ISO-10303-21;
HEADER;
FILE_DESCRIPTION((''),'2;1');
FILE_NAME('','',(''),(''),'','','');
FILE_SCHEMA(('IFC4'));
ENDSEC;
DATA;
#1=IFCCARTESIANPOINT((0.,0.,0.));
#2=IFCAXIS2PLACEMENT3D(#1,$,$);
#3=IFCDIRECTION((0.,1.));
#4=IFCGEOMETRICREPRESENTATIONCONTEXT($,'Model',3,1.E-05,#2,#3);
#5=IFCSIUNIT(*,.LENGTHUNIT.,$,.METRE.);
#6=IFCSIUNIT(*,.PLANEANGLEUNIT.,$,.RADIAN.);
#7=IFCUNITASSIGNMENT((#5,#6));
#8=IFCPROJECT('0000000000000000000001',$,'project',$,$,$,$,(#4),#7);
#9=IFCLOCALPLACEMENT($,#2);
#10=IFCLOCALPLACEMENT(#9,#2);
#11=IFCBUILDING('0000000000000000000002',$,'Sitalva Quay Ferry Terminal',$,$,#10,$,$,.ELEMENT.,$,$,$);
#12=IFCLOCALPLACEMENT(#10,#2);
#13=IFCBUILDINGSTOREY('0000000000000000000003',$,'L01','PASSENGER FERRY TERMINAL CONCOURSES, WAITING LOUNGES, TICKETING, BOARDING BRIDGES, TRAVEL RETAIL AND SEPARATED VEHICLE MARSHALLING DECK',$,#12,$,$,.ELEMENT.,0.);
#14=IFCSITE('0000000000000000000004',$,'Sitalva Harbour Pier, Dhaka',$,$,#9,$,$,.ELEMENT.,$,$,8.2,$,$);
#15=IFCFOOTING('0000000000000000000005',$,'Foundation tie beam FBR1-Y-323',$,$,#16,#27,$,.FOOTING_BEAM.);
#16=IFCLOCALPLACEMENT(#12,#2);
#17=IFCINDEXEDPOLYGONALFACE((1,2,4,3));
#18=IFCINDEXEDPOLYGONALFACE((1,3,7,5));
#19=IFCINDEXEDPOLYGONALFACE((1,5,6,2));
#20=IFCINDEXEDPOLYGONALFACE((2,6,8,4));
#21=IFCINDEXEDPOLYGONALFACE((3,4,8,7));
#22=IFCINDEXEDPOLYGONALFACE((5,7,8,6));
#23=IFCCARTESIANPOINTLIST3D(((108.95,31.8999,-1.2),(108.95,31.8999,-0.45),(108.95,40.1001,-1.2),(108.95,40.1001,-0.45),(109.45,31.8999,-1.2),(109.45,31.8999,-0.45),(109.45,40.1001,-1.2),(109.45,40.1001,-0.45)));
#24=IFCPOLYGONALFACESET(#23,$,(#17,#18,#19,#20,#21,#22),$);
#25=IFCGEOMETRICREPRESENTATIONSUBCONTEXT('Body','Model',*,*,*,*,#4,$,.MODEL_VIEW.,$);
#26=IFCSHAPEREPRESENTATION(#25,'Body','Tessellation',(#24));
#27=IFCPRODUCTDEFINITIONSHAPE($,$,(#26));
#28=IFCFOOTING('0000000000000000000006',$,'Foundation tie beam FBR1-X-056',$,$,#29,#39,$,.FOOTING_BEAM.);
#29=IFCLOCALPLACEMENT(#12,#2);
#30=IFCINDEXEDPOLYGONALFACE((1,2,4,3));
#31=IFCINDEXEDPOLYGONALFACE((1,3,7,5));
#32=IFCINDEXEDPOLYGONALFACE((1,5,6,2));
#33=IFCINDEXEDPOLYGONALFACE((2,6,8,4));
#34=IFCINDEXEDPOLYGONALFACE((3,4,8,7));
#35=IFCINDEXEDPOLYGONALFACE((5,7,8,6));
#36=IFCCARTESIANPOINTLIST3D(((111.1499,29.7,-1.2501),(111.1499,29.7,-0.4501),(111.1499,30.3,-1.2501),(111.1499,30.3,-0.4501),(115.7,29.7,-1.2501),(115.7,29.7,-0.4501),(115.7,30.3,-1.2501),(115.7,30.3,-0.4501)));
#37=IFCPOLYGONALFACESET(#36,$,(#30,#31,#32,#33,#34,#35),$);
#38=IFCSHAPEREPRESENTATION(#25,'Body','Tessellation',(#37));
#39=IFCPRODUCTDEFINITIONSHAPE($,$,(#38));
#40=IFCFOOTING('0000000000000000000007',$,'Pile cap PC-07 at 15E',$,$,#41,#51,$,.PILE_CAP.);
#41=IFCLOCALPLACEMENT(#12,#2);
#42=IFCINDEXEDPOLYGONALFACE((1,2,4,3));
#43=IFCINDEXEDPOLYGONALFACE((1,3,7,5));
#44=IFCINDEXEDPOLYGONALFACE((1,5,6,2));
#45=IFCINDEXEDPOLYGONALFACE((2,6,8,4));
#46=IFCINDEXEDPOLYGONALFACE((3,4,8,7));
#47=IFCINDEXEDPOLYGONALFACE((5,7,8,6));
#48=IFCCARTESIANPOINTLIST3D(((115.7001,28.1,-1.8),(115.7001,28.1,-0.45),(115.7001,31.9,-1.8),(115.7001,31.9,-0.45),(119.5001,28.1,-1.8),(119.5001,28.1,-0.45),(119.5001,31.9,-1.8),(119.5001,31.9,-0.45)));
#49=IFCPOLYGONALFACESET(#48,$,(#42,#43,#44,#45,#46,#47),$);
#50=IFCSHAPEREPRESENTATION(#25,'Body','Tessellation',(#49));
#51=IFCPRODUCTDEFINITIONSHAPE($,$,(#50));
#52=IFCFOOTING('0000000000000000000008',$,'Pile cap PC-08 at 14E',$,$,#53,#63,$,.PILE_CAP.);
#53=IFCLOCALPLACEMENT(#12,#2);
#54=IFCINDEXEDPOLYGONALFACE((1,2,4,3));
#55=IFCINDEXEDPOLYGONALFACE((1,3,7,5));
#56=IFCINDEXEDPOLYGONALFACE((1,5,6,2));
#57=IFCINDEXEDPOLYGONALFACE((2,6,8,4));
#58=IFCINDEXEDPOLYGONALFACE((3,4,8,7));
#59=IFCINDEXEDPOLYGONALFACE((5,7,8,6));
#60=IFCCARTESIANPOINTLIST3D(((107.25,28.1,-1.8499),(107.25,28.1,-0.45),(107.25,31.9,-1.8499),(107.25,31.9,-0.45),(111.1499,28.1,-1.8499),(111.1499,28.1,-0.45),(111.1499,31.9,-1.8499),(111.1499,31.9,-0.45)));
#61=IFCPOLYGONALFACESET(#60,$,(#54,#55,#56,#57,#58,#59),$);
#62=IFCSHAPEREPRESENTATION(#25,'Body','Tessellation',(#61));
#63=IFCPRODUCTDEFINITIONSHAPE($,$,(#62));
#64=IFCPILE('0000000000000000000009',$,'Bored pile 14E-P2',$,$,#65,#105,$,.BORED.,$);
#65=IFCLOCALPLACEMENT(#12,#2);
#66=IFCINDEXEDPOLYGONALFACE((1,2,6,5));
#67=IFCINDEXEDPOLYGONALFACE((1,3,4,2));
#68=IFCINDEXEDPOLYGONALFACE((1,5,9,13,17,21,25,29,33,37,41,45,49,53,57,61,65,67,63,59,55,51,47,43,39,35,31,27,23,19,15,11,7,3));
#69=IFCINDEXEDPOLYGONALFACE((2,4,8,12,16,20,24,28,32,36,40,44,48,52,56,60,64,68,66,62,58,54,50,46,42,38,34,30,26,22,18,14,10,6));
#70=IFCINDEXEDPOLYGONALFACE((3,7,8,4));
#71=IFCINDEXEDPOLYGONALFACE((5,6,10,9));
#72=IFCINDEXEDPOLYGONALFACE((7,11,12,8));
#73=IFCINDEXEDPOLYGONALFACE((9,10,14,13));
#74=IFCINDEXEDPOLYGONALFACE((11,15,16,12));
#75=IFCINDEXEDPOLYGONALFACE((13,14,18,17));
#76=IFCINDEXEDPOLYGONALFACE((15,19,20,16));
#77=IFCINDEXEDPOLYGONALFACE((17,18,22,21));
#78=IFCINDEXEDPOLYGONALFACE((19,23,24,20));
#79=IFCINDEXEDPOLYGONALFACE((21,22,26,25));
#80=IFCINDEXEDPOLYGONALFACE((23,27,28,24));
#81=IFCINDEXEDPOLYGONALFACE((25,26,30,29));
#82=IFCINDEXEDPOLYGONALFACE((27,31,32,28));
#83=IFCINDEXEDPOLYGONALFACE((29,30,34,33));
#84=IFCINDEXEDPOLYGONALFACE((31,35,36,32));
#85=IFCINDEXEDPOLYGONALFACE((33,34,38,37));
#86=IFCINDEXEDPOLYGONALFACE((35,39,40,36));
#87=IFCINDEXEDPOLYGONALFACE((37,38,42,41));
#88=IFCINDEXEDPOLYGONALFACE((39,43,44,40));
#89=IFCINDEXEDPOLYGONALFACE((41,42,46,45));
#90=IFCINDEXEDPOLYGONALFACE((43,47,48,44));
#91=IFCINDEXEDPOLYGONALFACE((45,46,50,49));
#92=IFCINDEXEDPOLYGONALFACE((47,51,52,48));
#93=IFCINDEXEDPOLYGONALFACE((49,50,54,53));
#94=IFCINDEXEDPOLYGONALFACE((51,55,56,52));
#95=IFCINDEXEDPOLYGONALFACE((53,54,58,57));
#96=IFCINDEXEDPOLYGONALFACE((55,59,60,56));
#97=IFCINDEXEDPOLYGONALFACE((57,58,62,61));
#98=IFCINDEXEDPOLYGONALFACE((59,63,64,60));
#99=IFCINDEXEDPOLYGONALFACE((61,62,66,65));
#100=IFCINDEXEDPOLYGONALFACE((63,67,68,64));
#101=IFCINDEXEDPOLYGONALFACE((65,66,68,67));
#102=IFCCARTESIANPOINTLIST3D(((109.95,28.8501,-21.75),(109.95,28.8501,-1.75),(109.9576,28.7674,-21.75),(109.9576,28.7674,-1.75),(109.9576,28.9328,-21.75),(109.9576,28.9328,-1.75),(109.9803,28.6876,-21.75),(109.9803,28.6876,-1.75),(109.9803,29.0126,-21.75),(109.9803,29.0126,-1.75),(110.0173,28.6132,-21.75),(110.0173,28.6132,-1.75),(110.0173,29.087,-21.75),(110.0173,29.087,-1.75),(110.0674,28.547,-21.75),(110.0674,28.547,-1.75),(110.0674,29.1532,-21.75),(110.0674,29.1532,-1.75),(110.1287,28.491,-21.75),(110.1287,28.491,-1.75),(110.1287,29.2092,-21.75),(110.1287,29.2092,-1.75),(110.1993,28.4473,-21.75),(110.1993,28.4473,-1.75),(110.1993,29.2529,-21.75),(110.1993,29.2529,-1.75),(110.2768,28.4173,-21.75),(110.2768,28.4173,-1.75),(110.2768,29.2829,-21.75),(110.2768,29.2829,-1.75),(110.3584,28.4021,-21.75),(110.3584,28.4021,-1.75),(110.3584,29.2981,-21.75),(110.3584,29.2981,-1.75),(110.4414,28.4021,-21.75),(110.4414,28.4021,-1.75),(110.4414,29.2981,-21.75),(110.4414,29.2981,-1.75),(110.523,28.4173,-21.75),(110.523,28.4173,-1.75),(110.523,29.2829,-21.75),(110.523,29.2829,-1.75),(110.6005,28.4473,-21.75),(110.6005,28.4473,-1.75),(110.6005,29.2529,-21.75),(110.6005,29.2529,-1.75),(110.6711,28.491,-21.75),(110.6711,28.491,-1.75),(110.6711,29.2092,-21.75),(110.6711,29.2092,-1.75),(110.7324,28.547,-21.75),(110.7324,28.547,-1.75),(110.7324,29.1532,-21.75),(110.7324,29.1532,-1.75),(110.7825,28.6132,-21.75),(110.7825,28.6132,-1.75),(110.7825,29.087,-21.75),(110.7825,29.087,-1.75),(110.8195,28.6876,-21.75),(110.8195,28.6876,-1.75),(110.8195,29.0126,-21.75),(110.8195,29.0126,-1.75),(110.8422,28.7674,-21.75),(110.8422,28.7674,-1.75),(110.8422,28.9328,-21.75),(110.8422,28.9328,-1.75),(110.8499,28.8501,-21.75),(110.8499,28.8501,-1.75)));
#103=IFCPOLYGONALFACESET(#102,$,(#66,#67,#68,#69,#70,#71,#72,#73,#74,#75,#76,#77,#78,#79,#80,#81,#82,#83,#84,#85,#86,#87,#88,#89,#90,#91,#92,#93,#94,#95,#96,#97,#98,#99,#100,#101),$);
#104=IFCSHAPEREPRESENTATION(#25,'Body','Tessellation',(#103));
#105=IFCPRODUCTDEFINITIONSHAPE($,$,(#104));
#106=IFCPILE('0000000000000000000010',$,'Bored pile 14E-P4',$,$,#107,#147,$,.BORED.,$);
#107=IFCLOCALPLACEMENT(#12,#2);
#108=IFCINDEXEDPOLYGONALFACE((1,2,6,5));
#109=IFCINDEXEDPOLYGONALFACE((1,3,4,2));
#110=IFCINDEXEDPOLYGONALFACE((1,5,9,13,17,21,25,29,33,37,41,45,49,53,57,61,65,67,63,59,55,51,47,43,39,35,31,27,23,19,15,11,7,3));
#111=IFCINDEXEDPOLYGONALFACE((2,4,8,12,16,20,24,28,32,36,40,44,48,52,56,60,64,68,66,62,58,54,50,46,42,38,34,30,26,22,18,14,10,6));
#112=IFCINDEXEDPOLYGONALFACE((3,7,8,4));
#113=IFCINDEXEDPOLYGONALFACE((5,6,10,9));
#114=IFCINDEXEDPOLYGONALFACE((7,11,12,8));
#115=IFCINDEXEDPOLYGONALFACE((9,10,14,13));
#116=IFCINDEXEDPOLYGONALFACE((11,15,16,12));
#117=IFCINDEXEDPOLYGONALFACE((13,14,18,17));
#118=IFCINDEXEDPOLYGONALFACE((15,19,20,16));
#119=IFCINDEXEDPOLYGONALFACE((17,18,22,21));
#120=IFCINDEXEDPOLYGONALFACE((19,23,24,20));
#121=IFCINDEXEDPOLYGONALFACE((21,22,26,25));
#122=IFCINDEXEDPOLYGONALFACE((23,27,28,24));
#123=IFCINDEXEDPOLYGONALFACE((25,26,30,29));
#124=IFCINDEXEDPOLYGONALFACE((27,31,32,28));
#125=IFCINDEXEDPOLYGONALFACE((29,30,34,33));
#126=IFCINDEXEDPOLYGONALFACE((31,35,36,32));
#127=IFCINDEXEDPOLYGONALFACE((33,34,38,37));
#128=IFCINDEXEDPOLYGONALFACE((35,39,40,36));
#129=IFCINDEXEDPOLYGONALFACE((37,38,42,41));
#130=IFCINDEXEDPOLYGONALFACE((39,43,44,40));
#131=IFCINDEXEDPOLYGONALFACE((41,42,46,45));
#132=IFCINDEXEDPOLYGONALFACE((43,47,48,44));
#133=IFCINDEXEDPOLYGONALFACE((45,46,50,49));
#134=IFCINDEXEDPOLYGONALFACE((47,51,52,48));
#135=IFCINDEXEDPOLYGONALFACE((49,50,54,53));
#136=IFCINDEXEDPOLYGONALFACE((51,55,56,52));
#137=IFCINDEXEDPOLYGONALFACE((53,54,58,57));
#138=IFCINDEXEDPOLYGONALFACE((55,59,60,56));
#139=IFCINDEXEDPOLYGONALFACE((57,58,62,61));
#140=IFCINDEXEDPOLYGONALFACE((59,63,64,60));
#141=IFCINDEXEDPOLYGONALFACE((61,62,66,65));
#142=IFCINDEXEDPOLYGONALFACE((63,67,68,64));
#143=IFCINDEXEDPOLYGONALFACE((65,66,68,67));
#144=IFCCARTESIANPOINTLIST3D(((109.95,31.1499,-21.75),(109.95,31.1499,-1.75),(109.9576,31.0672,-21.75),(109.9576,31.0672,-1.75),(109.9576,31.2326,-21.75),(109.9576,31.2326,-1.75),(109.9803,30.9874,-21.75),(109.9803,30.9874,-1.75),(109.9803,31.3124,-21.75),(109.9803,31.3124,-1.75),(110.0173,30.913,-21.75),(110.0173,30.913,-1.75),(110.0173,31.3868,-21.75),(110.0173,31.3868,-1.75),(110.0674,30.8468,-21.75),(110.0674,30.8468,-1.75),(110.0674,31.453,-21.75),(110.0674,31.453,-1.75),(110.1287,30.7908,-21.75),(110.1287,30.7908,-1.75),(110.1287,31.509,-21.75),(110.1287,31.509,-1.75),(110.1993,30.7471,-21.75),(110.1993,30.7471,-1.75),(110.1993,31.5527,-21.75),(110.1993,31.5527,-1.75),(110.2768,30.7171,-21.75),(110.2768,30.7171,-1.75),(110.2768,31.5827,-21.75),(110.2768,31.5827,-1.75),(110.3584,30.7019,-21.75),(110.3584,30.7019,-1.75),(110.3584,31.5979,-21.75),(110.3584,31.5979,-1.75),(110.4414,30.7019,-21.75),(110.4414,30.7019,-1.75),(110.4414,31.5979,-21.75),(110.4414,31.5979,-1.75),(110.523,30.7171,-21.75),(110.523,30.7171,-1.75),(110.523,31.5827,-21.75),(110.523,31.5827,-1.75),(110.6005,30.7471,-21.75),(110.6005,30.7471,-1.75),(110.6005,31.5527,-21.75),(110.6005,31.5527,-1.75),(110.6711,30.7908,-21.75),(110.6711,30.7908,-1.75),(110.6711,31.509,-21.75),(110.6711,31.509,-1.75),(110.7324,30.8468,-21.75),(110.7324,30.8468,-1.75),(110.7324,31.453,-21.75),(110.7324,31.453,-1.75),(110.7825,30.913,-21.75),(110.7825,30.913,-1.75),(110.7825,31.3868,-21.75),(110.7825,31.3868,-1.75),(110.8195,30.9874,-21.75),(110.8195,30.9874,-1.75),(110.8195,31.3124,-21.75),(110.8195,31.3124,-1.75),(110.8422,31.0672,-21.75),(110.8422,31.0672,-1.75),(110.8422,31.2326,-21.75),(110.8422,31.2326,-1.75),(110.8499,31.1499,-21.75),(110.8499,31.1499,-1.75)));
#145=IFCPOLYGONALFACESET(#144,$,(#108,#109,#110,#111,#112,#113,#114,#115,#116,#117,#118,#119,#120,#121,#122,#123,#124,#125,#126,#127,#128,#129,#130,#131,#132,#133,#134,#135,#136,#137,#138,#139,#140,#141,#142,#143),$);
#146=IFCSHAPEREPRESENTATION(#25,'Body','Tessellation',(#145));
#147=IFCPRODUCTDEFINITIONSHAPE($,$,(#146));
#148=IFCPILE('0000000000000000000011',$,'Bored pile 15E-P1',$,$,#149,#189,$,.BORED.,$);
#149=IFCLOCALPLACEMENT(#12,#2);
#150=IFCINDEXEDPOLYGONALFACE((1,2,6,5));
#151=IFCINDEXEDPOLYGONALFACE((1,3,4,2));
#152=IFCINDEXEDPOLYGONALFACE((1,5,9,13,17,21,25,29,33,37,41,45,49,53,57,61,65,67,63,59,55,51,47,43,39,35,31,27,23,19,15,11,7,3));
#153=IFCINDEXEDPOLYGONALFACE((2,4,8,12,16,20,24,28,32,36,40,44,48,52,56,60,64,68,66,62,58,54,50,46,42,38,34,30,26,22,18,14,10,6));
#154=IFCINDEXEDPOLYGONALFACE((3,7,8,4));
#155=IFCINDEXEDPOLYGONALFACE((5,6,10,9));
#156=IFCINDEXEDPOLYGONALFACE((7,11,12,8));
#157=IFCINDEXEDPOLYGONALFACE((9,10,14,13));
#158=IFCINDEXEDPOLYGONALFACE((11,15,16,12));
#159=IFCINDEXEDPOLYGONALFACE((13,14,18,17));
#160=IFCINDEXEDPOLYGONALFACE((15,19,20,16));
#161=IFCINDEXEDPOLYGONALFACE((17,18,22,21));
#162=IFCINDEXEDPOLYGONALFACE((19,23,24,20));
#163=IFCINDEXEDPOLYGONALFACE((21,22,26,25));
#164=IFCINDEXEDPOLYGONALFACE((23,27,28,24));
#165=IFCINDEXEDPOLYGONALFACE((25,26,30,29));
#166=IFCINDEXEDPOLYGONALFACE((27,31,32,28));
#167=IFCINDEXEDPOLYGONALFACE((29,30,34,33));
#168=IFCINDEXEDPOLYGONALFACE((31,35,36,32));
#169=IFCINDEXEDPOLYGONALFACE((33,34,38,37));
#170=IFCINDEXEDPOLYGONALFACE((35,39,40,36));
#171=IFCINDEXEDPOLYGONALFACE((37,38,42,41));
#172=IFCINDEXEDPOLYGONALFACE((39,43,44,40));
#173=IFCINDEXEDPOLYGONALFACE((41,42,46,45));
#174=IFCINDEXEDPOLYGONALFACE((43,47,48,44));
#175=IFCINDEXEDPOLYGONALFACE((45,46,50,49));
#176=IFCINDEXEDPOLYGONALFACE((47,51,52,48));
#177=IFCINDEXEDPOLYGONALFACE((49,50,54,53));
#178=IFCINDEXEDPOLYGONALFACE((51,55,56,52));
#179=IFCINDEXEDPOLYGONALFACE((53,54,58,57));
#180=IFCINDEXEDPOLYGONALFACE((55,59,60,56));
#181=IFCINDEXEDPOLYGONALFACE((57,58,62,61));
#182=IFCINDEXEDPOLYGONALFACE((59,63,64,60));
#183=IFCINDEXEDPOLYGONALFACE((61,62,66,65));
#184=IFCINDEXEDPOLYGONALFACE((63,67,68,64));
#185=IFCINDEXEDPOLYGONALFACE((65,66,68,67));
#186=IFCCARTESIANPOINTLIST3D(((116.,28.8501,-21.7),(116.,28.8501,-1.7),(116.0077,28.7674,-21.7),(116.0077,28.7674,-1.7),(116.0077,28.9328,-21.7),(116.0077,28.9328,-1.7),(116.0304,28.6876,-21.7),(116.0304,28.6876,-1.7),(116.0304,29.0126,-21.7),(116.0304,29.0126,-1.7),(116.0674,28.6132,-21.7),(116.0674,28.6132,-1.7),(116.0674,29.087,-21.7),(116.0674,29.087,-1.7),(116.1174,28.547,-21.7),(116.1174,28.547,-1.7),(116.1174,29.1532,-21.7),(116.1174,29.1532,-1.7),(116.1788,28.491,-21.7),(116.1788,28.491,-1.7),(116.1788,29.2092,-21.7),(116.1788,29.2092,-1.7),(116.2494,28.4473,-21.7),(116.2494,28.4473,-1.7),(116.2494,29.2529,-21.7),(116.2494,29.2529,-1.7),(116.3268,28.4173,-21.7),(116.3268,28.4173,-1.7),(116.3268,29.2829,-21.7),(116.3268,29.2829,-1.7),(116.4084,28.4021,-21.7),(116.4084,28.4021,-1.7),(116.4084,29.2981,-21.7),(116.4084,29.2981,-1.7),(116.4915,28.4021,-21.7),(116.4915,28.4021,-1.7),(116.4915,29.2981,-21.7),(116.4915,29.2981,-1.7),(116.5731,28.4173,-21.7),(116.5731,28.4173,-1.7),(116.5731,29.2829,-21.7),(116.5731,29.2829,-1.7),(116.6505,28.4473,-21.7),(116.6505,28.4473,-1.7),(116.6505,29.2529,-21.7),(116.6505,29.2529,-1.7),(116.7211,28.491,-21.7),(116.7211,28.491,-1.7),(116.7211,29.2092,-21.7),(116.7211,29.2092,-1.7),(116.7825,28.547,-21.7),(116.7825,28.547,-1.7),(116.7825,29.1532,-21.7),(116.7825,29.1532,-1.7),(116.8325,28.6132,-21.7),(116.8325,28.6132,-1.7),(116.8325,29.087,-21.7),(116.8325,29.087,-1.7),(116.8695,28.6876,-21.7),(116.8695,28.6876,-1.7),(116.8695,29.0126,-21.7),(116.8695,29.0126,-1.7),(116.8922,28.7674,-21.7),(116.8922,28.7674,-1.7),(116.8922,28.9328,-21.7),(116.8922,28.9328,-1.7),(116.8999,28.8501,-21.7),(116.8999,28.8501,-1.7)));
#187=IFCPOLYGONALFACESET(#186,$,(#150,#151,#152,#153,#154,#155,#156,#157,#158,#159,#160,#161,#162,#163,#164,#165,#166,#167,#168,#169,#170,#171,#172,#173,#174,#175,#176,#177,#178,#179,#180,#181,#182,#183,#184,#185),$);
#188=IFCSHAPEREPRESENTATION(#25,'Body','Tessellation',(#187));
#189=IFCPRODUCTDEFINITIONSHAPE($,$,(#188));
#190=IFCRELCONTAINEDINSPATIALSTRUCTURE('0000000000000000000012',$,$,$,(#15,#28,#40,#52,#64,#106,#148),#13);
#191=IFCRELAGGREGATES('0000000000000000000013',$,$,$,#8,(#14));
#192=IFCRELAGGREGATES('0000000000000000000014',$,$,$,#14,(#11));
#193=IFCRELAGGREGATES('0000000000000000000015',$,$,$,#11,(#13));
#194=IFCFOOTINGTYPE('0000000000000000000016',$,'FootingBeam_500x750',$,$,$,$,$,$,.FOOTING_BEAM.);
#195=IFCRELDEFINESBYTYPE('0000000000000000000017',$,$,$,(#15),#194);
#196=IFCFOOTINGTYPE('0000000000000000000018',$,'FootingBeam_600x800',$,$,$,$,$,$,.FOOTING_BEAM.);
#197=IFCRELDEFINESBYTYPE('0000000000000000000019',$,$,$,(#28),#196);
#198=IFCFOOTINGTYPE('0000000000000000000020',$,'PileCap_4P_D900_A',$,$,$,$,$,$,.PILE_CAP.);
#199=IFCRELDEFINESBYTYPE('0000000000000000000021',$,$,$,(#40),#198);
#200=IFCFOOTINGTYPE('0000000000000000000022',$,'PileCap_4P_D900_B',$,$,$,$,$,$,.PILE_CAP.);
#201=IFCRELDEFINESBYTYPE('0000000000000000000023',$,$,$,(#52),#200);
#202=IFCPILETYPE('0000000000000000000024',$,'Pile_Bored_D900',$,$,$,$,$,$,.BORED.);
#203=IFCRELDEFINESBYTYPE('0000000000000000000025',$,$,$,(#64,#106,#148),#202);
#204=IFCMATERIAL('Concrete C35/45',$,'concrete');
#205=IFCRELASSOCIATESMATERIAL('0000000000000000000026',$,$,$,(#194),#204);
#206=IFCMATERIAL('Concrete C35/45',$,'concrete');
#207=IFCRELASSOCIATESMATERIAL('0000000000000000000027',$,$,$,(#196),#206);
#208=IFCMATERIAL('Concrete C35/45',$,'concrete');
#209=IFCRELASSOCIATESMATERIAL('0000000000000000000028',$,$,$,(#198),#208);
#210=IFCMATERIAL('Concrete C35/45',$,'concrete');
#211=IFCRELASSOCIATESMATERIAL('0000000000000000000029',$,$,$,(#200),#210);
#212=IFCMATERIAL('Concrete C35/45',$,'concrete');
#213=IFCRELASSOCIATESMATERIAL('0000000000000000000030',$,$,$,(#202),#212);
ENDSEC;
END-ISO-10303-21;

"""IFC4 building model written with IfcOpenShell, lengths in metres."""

from ifc_helpers import new_model, si_unit, direction, frame, origin, origin_2d, place, context, subcontext, project, spatial, rectangle, circle, extrude, material, material_profile, profile_set, type_object, element, save


model = new_model("IFC4")

# Units and contexts
model_context = context("Model", 3, precision=1e-05, world=origin(), true_north=direction((0.0, 1.0)))
body_context = subcontext(model_context, "Body", "Model", "MODEL_VIEW")
ifc_project = project(units=[si_unit("LENGTHUNIT", "METRE"), si_unit("PLANEANGLEUNIT", "RADIAN")], contexts=[model_context])

# Site, building, storey
site_placement = place(None, origin())
site = spatial("IfcSite", under=ifc_project, at=site_placement, Name="Sitalva Harbour Pier, Dhaka", CompositionType="ELEMENT", RefElevation=8.2)
building_placement = place(site_placement, origin())
building = spatial("IfcBuilding", under=site, at=building_placement, Name="Sitalva Quay Ferry Terminal", CompositionType="ELEMENT")
storey_placement = place(building_placement, origin())
storey = spatial("IfcBuildingStorey", under=building, at=storey_placement, Name="L01", Description="PASSENGER FERRY TERMINAL CONCOURSES, WAITING LOUNGES, TICKETING, BOARDING BRIDGES, TRAVEL RETAIL AND SEPARATED VEHICLE MARSHALLING DECK", CompositionType="ELEMENT", Elevation=0.0)

# Footings
ifc_material_1 = material(Name="Concrete C35/45", Category="concrete")
ifc_material_profile_1 = material_profile(ifc_material_1, rectangle(XDim=0.5, YDim=0.75, at=origin_2d()), Name="RC500x750")
ifc_profile_set_1 = profile_set([ifc_material_profile_1], Name="Concrete C35/45")
footing_type_1 = type_object("IfcFootingType", Name="FootingBeam_500x750", PredefinedType="FOOTING_BEAM", material=ifc_profile_set_1)
footing_1_placement = place(storey_placement, frame((109.2, 31.8999, -0.825), z_axis=(0.0, 1.0, 0.0), x_axis=(-1.0, 0.0, 0.0)))
element("IfcFooting", 1, at=footing_1_placement, inside=storey, type_object=footing_type_1, Name="Foundation tie beam FBR1-Y-323", PredefinedType="FOOTING_BEAM", context=body_context, shape_type="SweptSolid", body=[
    extrude(rectangle(XDim=0.5, YDim=0.75, at=origin_2d()), origin(), (0.0, 0.0, 1.0), 8.2002),
])
ifc_material_2 = material(Name="Concrete C35/45", Category="concrete")
ifc_material_profile_2 = material_profile(ifc_material_2, rectangle(XDim=0.6001, YDim=0.8, at=origin_2d()), Name="RC600x800")
ifc_profile_set_2 = profile_set([ifc_material_profile_2], Name="Concrete C35/45")
footing_type_2 = type_object("IfcFootingType", Name="FootingBeam_600x800", PredefinedType="FOOTING_BEAM", material=ifc_profile_set_2)
footing_2_placement = place(storey_placement, frame((111.1499, 30.0, -0.8501), z_axis=(1.0, 0.0, 0.0), x_axis=(0.0, 1.0, 0.0)))
element("IfcFooting", 2, at=footing_2_placement, inside=storey, type_object=footing_type_2, Name="Foundation tie beam FBR1-X-056", PredefinedType="FOOTING_BEAM", context=body_context, shape_type="SweptSolid", body=[
    extrude(rectangle(XDim=0.6001, YDim=0.8, at=origin_2d()), origin(), (0.0, 0.0, 1.0), 4.55),
])
ifc_material_3 = material(Name="Concrete C35/45", Category="concrete")
footing_type_3 = type_object("IfcFootingType", Name="PileCap_4P_D900_A", PredefinedType="PILE_CAP", material=ifc_material_3)
footing_3_placement = place(storey_placement, frame((117.6001, 30.0, -1.8), z_axis=(0.0, 0.0, 1.0), x_axis=(1.0, 0.0, 0.0)))
element("IfcFooting", 3, at=footing_3_placement, inside=storey, type_object=footing_type_3, Name="Pile cap PC-07 at 15E", PredefinedType="PILE_CAP", context=body_context, shape_type="SweptSolid", body=[
    extrude(rectangle(XDim=3.8, YDim=3.8, at=origin_2d()), origin(), (0.0, 0.0, 1.0), 1.3501),
])
ifc_material_4 = material(Name="Concrete C35/45", Category="concrete")
footing_type_4 = type_object("IfcFootingType", Name="PileCap_4P_D900_B", PredefinedType="PILE_CAP", material=ifc_material_4)
footing_4_placement = place(storey_placement, frame((109.2, 30.0, -1.8499), z_axis=(0.0, 0.0, 1.0), x_axis=(1.0, 0.0, 0.0)))
element("IfcFooting", 4, at=footing_4_placement, inside=storey, type_object=footing_type_4, Name="Pile cap PC-08 at 14E", PredefinedType="PILE_CAP", context=body_context, shape_type="SweptSolid", body=[
    extrude(rectangle(XDim=3.8999, YDim=3.8, at=origin_2d()), origin(), (0.0, 0.0, 1.0), 1.3999),
])

# Piles
ifc_material_5 = material(Name="Concrete C35/45", Category="concrete")
ifc_material_profile_3 = material_profile(ifc_material_5, circle(Radius=0.45, at=origin_2d()), Name="PILE-D900")
ifc_profile_set_3 = profile_set([ifc_material_profile_3], Name="Concrete C35/45")
pile_type = type_object("IfcPileType", Name="Pile_Bored_D900", PredefinedType="BORED", material=ifc_profile_set_3)
for number, where, z_axis, x_axis, name in (
    (5, (110.3999, 28.8501, -1.75), (0.0, 0.0, -1.0), (1.0, 0.0, 0.0), "Bored pile 14E-P2"),
    (6, (110.3999, 31.1499, -1.75), (0.0, 0.0, -1.0), (1.0, 0.0, 0.0), "Bored pile 14E-P4"),
    (7, (116.45, 28.8501, -1.7), (0.0, 0.0, -1.0), (1.0, 0.0, 0.0), "Bored pile 15E-P1"),
):
    element("IfcPile", number, at=place(storey_placement, frame(where, z_axis=z_axis, x_axis=x_axis)), inside=storey, type_object=pile_type, Name=name, PredefinedType="BORED", context=body_context, shape_type="SweptSolid", body=[
        extrude(circle(Radius=0.45, at=origin_2d()), origin(), (0.0, 0.0, 1.0), 20.0),
    ])

save(model, "model.ifc")
